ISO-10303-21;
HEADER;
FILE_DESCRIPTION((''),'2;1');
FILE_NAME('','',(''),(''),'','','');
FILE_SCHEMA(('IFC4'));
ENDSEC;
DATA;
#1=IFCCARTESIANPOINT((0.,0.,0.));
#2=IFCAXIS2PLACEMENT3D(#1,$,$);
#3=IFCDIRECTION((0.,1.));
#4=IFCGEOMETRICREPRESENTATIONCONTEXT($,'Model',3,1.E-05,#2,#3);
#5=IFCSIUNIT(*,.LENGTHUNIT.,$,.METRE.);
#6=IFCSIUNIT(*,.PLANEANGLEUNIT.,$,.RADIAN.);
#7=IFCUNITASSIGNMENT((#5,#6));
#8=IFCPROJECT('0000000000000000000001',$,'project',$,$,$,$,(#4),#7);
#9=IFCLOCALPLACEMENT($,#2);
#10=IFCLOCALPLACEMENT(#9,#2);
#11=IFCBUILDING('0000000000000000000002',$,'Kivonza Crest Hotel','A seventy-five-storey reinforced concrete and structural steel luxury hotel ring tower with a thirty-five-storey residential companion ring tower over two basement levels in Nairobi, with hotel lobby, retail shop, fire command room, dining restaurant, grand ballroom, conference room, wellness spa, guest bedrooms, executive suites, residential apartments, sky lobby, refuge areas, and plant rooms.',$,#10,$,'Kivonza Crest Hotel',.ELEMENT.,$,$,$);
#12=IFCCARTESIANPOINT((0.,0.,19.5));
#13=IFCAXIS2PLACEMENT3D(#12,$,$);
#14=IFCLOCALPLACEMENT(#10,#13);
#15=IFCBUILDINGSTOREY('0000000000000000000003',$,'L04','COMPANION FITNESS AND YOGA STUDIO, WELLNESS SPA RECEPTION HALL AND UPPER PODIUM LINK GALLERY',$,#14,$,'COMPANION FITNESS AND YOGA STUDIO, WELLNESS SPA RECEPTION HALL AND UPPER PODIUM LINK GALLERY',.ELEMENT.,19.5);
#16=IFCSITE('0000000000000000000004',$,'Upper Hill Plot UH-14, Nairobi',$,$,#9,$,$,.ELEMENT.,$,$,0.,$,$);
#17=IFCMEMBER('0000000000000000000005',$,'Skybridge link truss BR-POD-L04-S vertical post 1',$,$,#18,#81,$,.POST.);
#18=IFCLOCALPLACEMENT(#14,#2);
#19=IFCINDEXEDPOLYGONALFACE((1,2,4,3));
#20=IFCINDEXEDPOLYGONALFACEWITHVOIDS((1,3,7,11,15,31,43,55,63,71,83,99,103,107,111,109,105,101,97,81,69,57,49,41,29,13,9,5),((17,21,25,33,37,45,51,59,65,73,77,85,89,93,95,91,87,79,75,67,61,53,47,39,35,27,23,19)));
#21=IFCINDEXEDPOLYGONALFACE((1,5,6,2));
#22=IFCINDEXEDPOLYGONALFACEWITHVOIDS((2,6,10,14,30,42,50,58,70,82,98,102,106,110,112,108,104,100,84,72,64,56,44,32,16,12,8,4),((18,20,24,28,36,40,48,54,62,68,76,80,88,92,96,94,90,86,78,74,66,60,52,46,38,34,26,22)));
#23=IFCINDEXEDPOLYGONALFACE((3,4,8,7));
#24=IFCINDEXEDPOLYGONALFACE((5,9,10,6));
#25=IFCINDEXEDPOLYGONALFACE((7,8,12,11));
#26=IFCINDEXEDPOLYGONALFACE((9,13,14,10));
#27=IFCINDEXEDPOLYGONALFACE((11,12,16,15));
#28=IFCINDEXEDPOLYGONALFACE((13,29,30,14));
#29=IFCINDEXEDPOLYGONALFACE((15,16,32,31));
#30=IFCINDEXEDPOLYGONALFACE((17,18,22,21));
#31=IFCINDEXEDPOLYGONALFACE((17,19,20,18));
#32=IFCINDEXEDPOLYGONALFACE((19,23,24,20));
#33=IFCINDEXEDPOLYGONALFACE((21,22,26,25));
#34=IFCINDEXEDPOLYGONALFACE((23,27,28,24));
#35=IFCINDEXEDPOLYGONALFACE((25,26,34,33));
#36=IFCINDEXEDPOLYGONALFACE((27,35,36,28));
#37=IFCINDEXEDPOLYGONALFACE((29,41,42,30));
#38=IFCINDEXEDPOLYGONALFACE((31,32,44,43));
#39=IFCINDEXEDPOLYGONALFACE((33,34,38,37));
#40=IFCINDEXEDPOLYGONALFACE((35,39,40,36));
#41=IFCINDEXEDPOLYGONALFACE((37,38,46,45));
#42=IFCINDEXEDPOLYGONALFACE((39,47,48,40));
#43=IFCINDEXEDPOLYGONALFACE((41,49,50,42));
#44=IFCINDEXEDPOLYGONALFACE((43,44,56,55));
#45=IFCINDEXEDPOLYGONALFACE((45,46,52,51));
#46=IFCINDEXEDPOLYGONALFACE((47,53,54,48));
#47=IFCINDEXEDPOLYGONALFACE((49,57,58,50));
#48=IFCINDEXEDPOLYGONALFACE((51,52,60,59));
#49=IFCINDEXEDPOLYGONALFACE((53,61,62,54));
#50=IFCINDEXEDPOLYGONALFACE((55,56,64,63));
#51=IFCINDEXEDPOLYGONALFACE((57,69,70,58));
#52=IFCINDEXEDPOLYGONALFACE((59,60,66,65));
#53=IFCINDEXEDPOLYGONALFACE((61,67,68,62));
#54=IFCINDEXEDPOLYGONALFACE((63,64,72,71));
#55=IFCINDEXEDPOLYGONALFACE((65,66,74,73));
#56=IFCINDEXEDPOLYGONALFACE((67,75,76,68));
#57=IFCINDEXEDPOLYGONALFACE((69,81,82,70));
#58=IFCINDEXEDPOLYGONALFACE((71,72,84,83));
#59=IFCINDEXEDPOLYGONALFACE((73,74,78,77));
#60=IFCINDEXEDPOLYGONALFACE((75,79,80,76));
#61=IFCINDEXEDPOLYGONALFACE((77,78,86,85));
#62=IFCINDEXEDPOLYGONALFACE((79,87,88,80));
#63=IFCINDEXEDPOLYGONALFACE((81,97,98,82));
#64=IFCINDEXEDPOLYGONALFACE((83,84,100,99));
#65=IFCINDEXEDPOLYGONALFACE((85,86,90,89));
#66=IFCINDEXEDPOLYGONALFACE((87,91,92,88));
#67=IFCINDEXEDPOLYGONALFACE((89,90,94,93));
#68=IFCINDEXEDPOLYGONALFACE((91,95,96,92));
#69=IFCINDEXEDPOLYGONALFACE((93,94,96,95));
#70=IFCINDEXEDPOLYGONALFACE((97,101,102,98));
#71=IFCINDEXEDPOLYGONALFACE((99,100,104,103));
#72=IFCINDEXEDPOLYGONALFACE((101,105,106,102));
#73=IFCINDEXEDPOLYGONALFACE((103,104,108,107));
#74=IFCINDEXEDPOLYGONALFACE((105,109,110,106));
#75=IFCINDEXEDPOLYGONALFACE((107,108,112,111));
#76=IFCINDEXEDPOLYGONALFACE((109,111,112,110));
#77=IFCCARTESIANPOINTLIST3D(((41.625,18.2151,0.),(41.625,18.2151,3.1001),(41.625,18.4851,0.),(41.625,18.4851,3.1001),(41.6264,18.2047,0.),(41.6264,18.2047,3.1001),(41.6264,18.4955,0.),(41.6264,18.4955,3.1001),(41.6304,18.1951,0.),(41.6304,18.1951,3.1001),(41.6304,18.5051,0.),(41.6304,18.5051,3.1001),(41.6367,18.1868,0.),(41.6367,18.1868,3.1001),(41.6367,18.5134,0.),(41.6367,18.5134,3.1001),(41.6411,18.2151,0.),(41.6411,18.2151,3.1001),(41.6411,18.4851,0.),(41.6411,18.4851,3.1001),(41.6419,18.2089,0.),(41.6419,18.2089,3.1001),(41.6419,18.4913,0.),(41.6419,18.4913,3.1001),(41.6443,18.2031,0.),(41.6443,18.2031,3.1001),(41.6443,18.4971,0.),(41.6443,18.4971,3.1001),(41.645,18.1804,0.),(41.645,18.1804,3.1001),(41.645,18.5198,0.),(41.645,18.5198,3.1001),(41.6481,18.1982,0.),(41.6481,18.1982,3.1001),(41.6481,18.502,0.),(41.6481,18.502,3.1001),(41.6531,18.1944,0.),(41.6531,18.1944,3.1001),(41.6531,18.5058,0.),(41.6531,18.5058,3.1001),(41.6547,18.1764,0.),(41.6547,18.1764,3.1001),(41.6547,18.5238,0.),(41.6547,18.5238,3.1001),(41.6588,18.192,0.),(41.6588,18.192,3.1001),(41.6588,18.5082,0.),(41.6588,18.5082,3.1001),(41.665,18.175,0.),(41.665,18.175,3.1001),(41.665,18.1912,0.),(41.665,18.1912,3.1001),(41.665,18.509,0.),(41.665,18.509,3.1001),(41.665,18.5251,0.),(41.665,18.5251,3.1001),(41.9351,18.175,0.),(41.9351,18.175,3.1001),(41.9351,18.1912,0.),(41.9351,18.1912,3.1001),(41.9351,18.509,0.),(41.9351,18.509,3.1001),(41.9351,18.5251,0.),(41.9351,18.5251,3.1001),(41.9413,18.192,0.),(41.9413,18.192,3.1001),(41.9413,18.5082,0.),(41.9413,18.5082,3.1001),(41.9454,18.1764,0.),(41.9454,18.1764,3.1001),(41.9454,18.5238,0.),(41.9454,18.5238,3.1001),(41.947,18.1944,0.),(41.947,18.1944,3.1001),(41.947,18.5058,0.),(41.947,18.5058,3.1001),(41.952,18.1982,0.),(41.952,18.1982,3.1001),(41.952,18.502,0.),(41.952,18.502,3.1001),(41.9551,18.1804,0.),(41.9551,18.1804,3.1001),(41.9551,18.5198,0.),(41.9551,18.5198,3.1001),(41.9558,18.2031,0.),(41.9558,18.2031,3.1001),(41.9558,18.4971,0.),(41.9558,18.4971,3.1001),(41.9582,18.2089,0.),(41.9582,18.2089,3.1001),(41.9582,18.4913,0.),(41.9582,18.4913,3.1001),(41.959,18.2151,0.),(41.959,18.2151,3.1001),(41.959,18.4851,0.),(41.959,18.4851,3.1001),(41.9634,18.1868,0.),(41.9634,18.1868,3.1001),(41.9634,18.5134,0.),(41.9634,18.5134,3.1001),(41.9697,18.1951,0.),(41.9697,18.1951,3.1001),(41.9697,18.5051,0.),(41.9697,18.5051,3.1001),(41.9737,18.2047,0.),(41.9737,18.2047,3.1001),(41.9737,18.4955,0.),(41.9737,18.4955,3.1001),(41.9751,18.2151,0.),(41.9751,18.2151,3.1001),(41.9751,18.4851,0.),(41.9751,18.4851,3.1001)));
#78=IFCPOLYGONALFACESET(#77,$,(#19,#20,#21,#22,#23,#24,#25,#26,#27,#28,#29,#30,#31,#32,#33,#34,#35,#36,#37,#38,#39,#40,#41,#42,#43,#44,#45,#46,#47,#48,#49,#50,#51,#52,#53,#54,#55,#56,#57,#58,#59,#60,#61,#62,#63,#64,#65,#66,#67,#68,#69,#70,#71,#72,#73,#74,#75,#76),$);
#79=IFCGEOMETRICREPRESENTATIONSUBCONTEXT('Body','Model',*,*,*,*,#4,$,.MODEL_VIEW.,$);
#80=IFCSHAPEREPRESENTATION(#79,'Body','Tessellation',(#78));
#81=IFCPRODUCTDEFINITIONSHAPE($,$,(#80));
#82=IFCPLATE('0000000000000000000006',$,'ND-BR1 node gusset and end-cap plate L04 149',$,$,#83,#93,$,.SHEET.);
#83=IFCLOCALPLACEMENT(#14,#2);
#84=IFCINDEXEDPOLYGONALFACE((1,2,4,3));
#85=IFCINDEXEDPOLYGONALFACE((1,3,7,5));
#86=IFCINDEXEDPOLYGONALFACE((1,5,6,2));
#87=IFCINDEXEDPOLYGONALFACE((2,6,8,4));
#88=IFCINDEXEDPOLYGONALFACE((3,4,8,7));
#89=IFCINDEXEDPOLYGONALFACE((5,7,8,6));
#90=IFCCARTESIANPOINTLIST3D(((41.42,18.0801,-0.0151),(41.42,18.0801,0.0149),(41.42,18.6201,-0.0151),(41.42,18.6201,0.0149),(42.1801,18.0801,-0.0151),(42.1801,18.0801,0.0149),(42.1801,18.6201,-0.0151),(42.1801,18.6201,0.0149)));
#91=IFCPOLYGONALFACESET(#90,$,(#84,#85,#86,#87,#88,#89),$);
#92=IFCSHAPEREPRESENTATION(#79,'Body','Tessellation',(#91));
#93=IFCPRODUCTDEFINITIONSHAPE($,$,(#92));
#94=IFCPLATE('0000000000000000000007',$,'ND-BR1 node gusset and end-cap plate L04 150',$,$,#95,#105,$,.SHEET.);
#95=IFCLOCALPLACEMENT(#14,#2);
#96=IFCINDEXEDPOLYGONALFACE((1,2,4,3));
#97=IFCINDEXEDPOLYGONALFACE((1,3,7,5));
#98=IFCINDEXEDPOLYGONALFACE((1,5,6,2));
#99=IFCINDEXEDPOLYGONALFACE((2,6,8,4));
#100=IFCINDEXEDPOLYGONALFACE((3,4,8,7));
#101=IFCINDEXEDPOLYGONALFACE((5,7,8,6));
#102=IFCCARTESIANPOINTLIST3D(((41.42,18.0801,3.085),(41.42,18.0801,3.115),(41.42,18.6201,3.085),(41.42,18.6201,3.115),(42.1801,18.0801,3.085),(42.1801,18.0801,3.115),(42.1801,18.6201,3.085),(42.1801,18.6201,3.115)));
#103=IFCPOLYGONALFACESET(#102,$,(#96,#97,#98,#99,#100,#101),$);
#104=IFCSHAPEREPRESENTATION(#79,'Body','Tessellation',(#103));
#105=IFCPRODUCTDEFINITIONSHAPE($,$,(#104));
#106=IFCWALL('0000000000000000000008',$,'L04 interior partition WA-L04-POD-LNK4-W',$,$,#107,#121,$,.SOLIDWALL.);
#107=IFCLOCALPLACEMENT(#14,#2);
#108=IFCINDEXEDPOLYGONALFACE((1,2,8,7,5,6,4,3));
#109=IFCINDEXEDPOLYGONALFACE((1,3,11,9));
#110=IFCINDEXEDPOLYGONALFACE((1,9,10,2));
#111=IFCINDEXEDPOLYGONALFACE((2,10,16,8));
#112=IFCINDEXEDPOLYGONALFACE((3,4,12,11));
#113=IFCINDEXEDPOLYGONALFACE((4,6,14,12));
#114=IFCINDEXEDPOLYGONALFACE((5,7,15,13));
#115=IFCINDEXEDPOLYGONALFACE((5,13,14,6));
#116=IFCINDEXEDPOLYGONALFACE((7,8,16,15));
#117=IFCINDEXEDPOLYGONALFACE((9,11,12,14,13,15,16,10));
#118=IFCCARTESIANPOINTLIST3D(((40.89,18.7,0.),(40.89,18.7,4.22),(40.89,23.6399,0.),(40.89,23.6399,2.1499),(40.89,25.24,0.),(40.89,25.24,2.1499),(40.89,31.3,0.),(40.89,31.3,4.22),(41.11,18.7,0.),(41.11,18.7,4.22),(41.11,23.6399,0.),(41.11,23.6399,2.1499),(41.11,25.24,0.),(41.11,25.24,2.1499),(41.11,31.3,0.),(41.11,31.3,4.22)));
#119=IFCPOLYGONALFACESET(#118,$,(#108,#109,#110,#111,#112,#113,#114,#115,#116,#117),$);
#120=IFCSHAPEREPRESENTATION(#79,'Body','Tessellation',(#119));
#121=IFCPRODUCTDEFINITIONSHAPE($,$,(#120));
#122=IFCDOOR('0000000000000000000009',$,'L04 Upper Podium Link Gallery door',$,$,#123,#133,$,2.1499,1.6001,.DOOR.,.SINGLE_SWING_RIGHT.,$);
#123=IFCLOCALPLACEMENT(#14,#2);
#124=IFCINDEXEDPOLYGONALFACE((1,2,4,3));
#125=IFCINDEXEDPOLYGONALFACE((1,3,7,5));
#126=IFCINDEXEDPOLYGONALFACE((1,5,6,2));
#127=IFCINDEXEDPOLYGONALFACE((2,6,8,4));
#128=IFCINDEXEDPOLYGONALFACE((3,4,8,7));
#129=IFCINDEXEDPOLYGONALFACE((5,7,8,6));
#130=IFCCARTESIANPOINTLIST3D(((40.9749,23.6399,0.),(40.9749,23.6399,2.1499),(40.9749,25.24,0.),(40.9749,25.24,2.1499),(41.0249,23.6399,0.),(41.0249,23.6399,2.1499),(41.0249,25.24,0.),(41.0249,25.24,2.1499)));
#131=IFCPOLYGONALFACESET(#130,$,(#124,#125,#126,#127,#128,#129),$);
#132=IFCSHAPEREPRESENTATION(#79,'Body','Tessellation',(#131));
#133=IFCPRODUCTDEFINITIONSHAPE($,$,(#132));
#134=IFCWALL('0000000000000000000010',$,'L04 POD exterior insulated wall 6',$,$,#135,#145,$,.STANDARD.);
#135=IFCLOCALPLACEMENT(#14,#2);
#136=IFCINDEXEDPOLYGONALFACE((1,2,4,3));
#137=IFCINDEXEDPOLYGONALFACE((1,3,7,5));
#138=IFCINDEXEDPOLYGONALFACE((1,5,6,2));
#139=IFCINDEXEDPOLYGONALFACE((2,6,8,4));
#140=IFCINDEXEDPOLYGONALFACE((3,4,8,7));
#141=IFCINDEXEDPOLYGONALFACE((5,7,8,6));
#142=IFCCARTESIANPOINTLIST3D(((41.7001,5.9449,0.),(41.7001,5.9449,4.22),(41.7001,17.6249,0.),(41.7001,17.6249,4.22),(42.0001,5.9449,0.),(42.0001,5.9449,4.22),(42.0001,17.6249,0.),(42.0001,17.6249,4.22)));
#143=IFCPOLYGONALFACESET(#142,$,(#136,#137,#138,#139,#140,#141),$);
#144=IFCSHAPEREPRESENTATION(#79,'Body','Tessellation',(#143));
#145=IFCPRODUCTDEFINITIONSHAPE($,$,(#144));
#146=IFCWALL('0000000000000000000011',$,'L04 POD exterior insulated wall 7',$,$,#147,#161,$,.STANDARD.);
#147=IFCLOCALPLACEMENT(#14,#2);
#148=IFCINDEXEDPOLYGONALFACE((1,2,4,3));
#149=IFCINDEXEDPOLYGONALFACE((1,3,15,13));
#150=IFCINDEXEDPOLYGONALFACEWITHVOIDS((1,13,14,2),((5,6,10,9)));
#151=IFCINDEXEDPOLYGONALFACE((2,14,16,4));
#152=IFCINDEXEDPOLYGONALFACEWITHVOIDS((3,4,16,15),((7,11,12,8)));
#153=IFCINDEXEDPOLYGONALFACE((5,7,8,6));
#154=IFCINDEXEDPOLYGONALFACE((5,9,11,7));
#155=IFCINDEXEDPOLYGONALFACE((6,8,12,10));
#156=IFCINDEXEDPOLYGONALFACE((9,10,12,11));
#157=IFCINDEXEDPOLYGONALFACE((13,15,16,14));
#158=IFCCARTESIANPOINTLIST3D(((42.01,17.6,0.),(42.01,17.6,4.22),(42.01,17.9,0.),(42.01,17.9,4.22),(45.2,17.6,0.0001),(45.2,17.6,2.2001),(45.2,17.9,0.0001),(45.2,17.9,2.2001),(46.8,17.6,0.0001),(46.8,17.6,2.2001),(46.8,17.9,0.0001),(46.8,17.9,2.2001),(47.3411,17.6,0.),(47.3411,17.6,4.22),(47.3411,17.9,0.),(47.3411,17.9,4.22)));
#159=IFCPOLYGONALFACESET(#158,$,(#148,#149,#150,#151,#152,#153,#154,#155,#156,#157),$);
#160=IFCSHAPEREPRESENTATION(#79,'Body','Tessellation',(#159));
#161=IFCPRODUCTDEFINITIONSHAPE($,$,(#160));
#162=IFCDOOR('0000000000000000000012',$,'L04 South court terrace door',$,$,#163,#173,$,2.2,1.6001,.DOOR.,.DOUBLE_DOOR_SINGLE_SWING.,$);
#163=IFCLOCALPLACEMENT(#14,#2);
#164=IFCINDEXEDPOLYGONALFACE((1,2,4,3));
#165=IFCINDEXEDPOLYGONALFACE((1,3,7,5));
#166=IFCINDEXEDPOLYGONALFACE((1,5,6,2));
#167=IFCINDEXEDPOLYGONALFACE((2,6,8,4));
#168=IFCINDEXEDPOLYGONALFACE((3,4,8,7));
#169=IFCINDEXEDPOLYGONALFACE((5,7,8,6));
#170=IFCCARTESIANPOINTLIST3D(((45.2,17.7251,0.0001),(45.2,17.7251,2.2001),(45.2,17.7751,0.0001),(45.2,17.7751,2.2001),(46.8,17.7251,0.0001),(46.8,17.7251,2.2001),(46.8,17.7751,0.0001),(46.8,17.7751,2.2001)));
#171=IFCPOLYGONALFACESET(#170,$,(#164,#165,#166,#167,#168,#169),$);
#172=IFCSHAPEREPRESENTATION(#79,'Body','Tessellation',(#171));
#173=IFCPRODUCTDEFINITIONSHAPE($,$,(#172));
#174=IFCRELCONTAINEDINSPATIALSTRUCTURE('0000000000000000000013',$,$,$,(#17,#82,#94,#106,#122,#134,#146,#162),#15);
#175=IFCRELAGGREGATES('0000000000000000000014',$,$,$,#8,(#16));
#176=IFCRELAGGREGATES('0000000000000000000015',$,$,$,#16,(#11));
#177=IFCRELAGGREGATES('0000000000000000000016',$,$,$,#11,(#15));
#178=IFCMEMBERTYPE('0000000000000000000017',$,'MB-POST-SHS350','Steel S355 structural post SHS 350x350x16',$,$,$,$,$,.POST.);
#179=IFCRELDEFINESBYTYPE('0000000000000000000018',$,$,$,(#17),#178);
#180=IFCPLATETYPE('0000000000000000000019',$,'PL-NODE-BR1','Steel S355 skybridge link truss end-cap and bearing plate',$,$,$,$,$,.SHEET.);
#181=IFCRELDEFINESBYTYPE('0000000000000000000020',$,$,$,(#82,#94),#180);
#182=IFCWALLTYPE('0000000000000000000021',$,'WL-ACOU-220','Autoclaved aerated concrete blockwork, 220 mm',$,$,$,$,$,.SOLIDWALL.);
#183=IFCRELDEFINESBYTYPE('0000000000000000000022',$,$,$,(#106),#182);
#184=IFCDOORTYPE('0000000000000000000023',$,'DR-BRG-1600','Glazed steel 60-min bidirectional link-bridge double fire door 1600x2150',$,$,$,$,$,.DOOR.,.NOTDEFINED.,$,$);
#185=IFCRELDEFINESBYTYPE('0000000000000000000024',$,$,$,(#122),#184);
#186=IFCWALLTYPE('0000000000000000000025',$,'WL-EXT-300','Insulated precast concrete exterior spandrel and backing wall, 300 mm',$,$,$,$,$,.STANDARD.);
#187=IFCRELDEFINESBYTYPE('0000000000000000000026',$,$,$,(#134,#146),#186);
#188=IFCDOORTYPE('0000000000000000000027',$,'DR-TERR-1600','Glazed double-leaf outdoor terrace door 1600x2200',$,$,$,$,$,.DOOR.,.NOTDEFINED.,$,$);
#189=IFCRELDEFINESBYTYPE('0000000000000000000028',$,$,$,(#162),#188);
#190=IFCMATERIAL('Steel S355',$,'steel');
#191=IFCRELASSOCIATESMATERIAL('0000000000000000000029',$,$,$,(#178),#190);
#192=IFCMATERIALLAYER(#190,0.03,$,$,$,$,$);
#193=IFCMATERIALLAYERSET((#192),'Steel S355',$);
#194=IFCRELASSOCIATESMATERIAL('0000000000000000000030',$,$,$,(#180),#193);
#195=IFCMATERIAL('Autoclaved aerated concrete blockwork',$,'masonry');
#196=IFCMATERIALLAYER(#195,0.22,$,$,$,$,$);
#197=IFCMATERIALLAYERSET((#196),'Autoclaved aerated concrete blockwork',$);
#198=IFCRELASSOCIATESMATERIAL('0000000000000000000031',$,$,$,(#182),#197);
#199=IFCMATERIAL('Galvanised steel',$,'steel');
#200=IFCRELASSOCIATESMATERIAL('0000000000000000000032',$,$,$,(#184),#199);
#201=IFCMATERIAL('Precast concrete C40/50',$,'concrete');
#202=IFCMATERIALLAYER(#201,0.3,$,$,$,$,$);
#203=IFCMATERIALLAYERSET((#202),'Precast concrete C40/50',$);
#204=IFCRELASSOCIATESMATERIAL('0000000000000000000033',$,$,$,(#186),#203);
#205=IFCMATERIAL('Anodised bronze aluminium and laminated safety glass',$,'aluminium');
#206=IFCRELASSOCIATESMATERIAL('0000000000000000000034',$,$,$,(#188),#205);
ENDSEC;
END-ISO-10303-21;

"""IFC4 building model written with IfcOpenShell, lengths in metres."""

from ifc_helpers import new_model, si_unit, direction, frame, frame_2d, origin, origin_2d, place, context, subcontext, project, spatial, rectangle, hollow_rectangle, extrude, material, layer, layer_set, material_profile, profile_set, type_object, element, fill, save


model = new_model("IFC4")

# Units and contexts
model_context = context("Model", 3, precision=1e-05, world=origin(), true_north=direction((0.0, 1.0)))
body_context = subcontext(model_context, "Body", "Model", "MODEL_VIEW")
ifc_project = project(units=[si_unit("LENGTHUNIT", "METRE"), si_unit("PLANEANGLEUNIT", "RADIAN")], contexts=[model_context])

# Site, building, storey
site_placement = place(None, origin())
site = spatial("IfcSite", under=ifc_project, at=site_placement, Name="Upper Hill Plot UH-14, Nairobi", CompositionType="ELEMENT", RefElevation=0.0)
building_placement = place(site_placement, origin())
building = spatial("IfcBuilding", under=site, at=building_placement, Name="Kivonza Crest Hotel", Description="A seventy-five-storey reinforced concrete and structural steel luxury hotel ring tower with a thirty-five-storey residential companion ring tower over two basement levels in Nairobi, with hotel lobby, retail shop, fire command room, dining restaurant, grand ballroom, conference room, wellness spa, guest bedrooms, executive suites, residential apartments, sky lobby, refuge areas, and plant rooms.", LongName="Kivonza Crest Hotel", CompositionType="ELEMENT")
storey_placement = place(building_placement, frame((0.0, 0.0, 19.5)))
storey = spatial("IfcBuildingStorey", under=building, at=storey_placement, Name="L04", Description="COMPANION FITNESS AND YOGA STUDIO, WELLNESS SPA RECEPTION HALL AND UPPER PODIUM LINK GALLERY", LongName="COMPANION FITNESS AND YOGA STUDIO, WELLNESS SPA RECEPTION HALL AND UPPER PODIUM LINK GALLERY", CompositionType="ELEMENT", Elevation=19.5)

# Shared definitions
ifc_material_1 = material(Name="Steel S355", Category="steel")

# Member
ifc_material_profile_1 = material_profile(ifc_material_1, hollow_rectangle(XDim=0.3501, YDim=0.3501, WallThickness=0.0161, InnerFilletRadius=0.0239, OuterFilletRadius=0.04, at=origin_2d()), Name="SHS 350x350x16")
ifc_profile_set_1 = profile_set([ifc_material_profile_1], Name="Steel S355")
member_type_1 = type_object("IfcMemberType", Name="MB-POST-SHS350", Description="Steel S355 structural post SHS 350x350x16", PredefinedType="POST", material=ifc_profile_set_1)
member_1_placement = place(storey_placement, frame((41.8, 18.3501, 0.0), z_axis=(0.0, 0.0, 1.0), x_axis=(1.0, 0.0, 0.0)))
element("IfcMember", 1, at=member_1_placement, inside=storey, type_object=member_type_1, Name="Skybridge link truss BR-POD-L04-S vertical post 1", PredefinedType="POST", context=body_context, shape_type="SweptSolid", body=[
    extrude(hollow_rectangle(XDim=0.3501, YDim=0.3501, WallThickness=0.0161, InnerFilletRadius=0.0239, OuterFilletRadius=0.04, at=origin_2d()), origin(), (0.0, 0.0, 1.0), 3.1001),
])

# Plates
ifc_layer_1 = layer(ifc_material_1, 0.03)
ifc_layer_set_1 = layer_set([ifc_layer_1], Name="Steel S355")
plate_type = type_object("IfcPlateType", Name="PL-NODE-BR1", Description="Steel S355 skybridge link truss end-cap and bearing plate", PredefinedType="SHEET", material=ifc_layer_set_1)
for number, where, z_axis, x_axis, name in (
    (2, (41.8, 18.3501, -0.0151), (0.0, 0.0, 1.0), (1.0, 0.0, 0.0), "ND-BR1 node gusset and end-cap plate L04 149"),
    (3, (41.8, 18.3501, 3.085), (0.0, 0.0, 1.0), (1.0, 0.0, 0.0), "ND-BR1 node gusset and end-cap plate L04 150"),
):
    element("IfcPlate", number, at=place(storey_placement, frame(where, z_axis=z_axis, x_axis=x_axis)), inside=storey, type_object=plate_type, Name=name, PredefinedType="SHEET", context=body_context, shape_type="SweptSolid", body=[
        extrude(rectangle(XDim=0.76, YDim=0.54, at=origin_2d()), origin(), (0.0, 0.0, 1.0), 0.03),
    ])

# Wall, opening, door
ifc_material_2 = material(Name="Autoclaved aerated concrete blockwork", Category="masonry")
ifc_layer_2 = layer(ifc_material_2, 0.22)
ifc_layer_set_2 = layer_set([ifc_layer_2], Name="Autoclaved aerated concrete blockwork")
wall_type_1 = type_object("IfcWallType", Name="WL-ACOU-220", Description="Autoclaved aerated concrete blockwork, 220 mm", PredefinedType="SOLIDWALL", material=ifc_layer_set_2)
wall_1_placement = place(storey_placement, frame((41.0, 18.7, 0.0), z_axis=(0.0, 0.0, 1.0), x_axis=(0.0, 1.0, 0.0)))
wall_1 = element("IfcWall", 4, at=wall_1_placement, inside=storey, type_object=wall_type_1, Name="L04 interior partition WA-L04-POD-LNK4-W", PredefinedType="SOLIDWALL", context=body_context, shape_type="SweptSolid", body=[
    extrude(rectangle(XDim=12.6001, YDim=0.22, at=frame_2d((6.3, 0.0))), origin(), (0.0, 0.0, 1.0), 4.22),
])
opening_1_placement = place(wall_1_placement, frame((4.9399, 0.0, 0.0)))
opening_1 = element("IfcOpeningElement", 5, at=opening_1_placement, cuts=wall_1, PredefinedType="OPENING", context=body_context, shape_type="SweptSolid", body=[
    extrude(rectangle(XDim=1.6001, YDim=2.1499, at=frame_2d((0.8, 1.075))), frame((0.0, 0.1201, 0.0), z_axis=(0.0, -1.0, 0.0), x_axis=(1.0, 0.0, 0.0)), (0.0, 0.0, 1.0), 0.24),
])
ifc_material_3 = material(Name="Galvanised steel", Category="steel")
door_type_1 = type_object("IfcDoorType", Name="DR-BRG-1600", Description="Glazed steel 60-min bidirectional link-bridge double fire door 1600x2150", OperationType="NOTDEFINED", PredefinedType="DOOR", material=ifc_material_3)
door_1_placement = place(opening_1_placement, frame((1.6001, 0.0, 0.0), z_axis=(0.0, 0.0, 1.0), x_axis=(-1.0, 0.0, 0.0)))
door_1 = element("IfcDoor", 6, at=door_1_placement, inside=storey, type_object=door_type_1, Name="L04 Upper Podium Link Gallery door", OperationType="SINGLE_SWING_RIGHT", OverallHeight=2.1499, OverallWidth=1.6001, PredefinedType="DOOR", context=body_context, shape_type="SweptSolid", body=[
    extrude(rectangle(XDim=1.6001, YDim=2.1499, at=frame_2d((0.8, 1.075))), frame((0.0, 0.0249, 0.0), z_axis=(0.0, -1.0, 0.0), x_axis=(1.0, 0.0, 0.0)), (0.0, 0.0, 1.0), 0.05),
])
fill(opening_1, door_1)

# Wall
ifc_material_4 = material(Name="Precast concrete C40/50", Category="concrete")
ifc_layer_3 = layer(ifc_material_4, 0.3)
ifc_layer_set_3 = layer_set([ifc_layer_3], Name="Precast concrete C40/50")
wall_type_2 = type_object("IfcWallType", Name="WL-EXT-300", Description="Insulated precast concrete exterior spandrel and backing wall, 300 mm", PredefinedType="STANDARD", material=ifc_layer_set_3)
wall_2_placement = place(storey_placement, frame((41.8501, 5.9451, 0.0), z_axis=(0.0, 0.0, 1.0), x_axis=(0.0, 1.0, 0.0)))
element("IfcWall", 7, at=wall_2_placement, inside=storey, type_object=wall_type_2, Name="L04 POD exterior insulated wall 6", PredefinedType="STANDARD", context=body_context, shape_type="SweptSolid", body=[
    extrude(rectangle(XDim=11.6799, YDim=0.3, at=frame_2d((5.8398, 0.0))), origin(), (0.0, 0.0, 1.0), 4.22),
])

# Wall, opening, door
wall_3_placement = place(storey_placement, frame((42.01, 17.75, 0.0), z_axis=(0.0, 0.0, 1.0), x_axis=(1.0, 0.0, 0.0)))
wall_3 = element("IfcWall", 8, at=wall_3_placement, inside=storey, type_object=wall_type_2, Name="L04 POD exterior insulated wall 7", PredefinedType="STANDARD", context=body_context, shape_type="SweptSolid", body=[
    extrude(rectangle(XDim=5.3311, YDim=0.3, at=frame_2d((2.6655, 0.0))), origin(), (0.0, 0.0, 1.0), 4.22),
])
opening_2_placement = place(wall_3_placement, frame((3.1899, 0.0, 0.0)))
opening_2 = element("IfcOpeningElement", 9, at=opening_2_placement, cuts=wall_3, PredefinedType="OPENING", context=body_context, shape_type="SweptSolid", body=[
    extrude(rectangle(XDim=1.6001, YDim=2.2, at=frame_2d((0.8, 1.1001))), frame((0.0, 0.1602, 0.0), z_axis=(0.0, -1.0, 0.0), x_axis=(1.0, 0.0, 0.0)), (0.0, 0.0, 1.0), 0.3201),
])
ifc_material_5 = material(Name="Anodised bronze aluminium and laminated safety glass", Category="aluminium")
door_type_2 = type_object("IfcDoorType", Name="DR-TERR-1600", Description="Glazed double-leaf outdoor terrace door 1600x2200", OperationType="NOTDEFINED", PredefinedType="DOOR", material=ifc_material_5)
door_2_placement = place(opening_2_placement, frame((1.6001, 0.0, 0.0), z_axis=(0.0, 0.0, 1.0), x_axis=(-1.0, 0.0, 0.0)))
door_2 = element("IfcDoor", 10, at=door_2_placement, inside=storey, type_object=door_type_2, Name="L04 South court terrace door", OperationType="DOUBLE_DOOR_SINGLE_SWING", OverallHeight=2.2, OverallWidth=1.6001, PredefinedType="DOOR", context=body_context, shape_type="SweptSolid", body=[
    extrude(rectangle(XDim=1.6001, YDim=2.2, at=frame_2d((0.8, 1.1001))), frame((0.0, 0.0249, 0.0), z_axis=(0.0, -1.0, 0.0), x_axis=(1.0, 0.0, 0.0)), (0.0, 0.0, 1.0), 0.05),
])
fill(opening_2, door_2)

save(model, "model.ifc")
